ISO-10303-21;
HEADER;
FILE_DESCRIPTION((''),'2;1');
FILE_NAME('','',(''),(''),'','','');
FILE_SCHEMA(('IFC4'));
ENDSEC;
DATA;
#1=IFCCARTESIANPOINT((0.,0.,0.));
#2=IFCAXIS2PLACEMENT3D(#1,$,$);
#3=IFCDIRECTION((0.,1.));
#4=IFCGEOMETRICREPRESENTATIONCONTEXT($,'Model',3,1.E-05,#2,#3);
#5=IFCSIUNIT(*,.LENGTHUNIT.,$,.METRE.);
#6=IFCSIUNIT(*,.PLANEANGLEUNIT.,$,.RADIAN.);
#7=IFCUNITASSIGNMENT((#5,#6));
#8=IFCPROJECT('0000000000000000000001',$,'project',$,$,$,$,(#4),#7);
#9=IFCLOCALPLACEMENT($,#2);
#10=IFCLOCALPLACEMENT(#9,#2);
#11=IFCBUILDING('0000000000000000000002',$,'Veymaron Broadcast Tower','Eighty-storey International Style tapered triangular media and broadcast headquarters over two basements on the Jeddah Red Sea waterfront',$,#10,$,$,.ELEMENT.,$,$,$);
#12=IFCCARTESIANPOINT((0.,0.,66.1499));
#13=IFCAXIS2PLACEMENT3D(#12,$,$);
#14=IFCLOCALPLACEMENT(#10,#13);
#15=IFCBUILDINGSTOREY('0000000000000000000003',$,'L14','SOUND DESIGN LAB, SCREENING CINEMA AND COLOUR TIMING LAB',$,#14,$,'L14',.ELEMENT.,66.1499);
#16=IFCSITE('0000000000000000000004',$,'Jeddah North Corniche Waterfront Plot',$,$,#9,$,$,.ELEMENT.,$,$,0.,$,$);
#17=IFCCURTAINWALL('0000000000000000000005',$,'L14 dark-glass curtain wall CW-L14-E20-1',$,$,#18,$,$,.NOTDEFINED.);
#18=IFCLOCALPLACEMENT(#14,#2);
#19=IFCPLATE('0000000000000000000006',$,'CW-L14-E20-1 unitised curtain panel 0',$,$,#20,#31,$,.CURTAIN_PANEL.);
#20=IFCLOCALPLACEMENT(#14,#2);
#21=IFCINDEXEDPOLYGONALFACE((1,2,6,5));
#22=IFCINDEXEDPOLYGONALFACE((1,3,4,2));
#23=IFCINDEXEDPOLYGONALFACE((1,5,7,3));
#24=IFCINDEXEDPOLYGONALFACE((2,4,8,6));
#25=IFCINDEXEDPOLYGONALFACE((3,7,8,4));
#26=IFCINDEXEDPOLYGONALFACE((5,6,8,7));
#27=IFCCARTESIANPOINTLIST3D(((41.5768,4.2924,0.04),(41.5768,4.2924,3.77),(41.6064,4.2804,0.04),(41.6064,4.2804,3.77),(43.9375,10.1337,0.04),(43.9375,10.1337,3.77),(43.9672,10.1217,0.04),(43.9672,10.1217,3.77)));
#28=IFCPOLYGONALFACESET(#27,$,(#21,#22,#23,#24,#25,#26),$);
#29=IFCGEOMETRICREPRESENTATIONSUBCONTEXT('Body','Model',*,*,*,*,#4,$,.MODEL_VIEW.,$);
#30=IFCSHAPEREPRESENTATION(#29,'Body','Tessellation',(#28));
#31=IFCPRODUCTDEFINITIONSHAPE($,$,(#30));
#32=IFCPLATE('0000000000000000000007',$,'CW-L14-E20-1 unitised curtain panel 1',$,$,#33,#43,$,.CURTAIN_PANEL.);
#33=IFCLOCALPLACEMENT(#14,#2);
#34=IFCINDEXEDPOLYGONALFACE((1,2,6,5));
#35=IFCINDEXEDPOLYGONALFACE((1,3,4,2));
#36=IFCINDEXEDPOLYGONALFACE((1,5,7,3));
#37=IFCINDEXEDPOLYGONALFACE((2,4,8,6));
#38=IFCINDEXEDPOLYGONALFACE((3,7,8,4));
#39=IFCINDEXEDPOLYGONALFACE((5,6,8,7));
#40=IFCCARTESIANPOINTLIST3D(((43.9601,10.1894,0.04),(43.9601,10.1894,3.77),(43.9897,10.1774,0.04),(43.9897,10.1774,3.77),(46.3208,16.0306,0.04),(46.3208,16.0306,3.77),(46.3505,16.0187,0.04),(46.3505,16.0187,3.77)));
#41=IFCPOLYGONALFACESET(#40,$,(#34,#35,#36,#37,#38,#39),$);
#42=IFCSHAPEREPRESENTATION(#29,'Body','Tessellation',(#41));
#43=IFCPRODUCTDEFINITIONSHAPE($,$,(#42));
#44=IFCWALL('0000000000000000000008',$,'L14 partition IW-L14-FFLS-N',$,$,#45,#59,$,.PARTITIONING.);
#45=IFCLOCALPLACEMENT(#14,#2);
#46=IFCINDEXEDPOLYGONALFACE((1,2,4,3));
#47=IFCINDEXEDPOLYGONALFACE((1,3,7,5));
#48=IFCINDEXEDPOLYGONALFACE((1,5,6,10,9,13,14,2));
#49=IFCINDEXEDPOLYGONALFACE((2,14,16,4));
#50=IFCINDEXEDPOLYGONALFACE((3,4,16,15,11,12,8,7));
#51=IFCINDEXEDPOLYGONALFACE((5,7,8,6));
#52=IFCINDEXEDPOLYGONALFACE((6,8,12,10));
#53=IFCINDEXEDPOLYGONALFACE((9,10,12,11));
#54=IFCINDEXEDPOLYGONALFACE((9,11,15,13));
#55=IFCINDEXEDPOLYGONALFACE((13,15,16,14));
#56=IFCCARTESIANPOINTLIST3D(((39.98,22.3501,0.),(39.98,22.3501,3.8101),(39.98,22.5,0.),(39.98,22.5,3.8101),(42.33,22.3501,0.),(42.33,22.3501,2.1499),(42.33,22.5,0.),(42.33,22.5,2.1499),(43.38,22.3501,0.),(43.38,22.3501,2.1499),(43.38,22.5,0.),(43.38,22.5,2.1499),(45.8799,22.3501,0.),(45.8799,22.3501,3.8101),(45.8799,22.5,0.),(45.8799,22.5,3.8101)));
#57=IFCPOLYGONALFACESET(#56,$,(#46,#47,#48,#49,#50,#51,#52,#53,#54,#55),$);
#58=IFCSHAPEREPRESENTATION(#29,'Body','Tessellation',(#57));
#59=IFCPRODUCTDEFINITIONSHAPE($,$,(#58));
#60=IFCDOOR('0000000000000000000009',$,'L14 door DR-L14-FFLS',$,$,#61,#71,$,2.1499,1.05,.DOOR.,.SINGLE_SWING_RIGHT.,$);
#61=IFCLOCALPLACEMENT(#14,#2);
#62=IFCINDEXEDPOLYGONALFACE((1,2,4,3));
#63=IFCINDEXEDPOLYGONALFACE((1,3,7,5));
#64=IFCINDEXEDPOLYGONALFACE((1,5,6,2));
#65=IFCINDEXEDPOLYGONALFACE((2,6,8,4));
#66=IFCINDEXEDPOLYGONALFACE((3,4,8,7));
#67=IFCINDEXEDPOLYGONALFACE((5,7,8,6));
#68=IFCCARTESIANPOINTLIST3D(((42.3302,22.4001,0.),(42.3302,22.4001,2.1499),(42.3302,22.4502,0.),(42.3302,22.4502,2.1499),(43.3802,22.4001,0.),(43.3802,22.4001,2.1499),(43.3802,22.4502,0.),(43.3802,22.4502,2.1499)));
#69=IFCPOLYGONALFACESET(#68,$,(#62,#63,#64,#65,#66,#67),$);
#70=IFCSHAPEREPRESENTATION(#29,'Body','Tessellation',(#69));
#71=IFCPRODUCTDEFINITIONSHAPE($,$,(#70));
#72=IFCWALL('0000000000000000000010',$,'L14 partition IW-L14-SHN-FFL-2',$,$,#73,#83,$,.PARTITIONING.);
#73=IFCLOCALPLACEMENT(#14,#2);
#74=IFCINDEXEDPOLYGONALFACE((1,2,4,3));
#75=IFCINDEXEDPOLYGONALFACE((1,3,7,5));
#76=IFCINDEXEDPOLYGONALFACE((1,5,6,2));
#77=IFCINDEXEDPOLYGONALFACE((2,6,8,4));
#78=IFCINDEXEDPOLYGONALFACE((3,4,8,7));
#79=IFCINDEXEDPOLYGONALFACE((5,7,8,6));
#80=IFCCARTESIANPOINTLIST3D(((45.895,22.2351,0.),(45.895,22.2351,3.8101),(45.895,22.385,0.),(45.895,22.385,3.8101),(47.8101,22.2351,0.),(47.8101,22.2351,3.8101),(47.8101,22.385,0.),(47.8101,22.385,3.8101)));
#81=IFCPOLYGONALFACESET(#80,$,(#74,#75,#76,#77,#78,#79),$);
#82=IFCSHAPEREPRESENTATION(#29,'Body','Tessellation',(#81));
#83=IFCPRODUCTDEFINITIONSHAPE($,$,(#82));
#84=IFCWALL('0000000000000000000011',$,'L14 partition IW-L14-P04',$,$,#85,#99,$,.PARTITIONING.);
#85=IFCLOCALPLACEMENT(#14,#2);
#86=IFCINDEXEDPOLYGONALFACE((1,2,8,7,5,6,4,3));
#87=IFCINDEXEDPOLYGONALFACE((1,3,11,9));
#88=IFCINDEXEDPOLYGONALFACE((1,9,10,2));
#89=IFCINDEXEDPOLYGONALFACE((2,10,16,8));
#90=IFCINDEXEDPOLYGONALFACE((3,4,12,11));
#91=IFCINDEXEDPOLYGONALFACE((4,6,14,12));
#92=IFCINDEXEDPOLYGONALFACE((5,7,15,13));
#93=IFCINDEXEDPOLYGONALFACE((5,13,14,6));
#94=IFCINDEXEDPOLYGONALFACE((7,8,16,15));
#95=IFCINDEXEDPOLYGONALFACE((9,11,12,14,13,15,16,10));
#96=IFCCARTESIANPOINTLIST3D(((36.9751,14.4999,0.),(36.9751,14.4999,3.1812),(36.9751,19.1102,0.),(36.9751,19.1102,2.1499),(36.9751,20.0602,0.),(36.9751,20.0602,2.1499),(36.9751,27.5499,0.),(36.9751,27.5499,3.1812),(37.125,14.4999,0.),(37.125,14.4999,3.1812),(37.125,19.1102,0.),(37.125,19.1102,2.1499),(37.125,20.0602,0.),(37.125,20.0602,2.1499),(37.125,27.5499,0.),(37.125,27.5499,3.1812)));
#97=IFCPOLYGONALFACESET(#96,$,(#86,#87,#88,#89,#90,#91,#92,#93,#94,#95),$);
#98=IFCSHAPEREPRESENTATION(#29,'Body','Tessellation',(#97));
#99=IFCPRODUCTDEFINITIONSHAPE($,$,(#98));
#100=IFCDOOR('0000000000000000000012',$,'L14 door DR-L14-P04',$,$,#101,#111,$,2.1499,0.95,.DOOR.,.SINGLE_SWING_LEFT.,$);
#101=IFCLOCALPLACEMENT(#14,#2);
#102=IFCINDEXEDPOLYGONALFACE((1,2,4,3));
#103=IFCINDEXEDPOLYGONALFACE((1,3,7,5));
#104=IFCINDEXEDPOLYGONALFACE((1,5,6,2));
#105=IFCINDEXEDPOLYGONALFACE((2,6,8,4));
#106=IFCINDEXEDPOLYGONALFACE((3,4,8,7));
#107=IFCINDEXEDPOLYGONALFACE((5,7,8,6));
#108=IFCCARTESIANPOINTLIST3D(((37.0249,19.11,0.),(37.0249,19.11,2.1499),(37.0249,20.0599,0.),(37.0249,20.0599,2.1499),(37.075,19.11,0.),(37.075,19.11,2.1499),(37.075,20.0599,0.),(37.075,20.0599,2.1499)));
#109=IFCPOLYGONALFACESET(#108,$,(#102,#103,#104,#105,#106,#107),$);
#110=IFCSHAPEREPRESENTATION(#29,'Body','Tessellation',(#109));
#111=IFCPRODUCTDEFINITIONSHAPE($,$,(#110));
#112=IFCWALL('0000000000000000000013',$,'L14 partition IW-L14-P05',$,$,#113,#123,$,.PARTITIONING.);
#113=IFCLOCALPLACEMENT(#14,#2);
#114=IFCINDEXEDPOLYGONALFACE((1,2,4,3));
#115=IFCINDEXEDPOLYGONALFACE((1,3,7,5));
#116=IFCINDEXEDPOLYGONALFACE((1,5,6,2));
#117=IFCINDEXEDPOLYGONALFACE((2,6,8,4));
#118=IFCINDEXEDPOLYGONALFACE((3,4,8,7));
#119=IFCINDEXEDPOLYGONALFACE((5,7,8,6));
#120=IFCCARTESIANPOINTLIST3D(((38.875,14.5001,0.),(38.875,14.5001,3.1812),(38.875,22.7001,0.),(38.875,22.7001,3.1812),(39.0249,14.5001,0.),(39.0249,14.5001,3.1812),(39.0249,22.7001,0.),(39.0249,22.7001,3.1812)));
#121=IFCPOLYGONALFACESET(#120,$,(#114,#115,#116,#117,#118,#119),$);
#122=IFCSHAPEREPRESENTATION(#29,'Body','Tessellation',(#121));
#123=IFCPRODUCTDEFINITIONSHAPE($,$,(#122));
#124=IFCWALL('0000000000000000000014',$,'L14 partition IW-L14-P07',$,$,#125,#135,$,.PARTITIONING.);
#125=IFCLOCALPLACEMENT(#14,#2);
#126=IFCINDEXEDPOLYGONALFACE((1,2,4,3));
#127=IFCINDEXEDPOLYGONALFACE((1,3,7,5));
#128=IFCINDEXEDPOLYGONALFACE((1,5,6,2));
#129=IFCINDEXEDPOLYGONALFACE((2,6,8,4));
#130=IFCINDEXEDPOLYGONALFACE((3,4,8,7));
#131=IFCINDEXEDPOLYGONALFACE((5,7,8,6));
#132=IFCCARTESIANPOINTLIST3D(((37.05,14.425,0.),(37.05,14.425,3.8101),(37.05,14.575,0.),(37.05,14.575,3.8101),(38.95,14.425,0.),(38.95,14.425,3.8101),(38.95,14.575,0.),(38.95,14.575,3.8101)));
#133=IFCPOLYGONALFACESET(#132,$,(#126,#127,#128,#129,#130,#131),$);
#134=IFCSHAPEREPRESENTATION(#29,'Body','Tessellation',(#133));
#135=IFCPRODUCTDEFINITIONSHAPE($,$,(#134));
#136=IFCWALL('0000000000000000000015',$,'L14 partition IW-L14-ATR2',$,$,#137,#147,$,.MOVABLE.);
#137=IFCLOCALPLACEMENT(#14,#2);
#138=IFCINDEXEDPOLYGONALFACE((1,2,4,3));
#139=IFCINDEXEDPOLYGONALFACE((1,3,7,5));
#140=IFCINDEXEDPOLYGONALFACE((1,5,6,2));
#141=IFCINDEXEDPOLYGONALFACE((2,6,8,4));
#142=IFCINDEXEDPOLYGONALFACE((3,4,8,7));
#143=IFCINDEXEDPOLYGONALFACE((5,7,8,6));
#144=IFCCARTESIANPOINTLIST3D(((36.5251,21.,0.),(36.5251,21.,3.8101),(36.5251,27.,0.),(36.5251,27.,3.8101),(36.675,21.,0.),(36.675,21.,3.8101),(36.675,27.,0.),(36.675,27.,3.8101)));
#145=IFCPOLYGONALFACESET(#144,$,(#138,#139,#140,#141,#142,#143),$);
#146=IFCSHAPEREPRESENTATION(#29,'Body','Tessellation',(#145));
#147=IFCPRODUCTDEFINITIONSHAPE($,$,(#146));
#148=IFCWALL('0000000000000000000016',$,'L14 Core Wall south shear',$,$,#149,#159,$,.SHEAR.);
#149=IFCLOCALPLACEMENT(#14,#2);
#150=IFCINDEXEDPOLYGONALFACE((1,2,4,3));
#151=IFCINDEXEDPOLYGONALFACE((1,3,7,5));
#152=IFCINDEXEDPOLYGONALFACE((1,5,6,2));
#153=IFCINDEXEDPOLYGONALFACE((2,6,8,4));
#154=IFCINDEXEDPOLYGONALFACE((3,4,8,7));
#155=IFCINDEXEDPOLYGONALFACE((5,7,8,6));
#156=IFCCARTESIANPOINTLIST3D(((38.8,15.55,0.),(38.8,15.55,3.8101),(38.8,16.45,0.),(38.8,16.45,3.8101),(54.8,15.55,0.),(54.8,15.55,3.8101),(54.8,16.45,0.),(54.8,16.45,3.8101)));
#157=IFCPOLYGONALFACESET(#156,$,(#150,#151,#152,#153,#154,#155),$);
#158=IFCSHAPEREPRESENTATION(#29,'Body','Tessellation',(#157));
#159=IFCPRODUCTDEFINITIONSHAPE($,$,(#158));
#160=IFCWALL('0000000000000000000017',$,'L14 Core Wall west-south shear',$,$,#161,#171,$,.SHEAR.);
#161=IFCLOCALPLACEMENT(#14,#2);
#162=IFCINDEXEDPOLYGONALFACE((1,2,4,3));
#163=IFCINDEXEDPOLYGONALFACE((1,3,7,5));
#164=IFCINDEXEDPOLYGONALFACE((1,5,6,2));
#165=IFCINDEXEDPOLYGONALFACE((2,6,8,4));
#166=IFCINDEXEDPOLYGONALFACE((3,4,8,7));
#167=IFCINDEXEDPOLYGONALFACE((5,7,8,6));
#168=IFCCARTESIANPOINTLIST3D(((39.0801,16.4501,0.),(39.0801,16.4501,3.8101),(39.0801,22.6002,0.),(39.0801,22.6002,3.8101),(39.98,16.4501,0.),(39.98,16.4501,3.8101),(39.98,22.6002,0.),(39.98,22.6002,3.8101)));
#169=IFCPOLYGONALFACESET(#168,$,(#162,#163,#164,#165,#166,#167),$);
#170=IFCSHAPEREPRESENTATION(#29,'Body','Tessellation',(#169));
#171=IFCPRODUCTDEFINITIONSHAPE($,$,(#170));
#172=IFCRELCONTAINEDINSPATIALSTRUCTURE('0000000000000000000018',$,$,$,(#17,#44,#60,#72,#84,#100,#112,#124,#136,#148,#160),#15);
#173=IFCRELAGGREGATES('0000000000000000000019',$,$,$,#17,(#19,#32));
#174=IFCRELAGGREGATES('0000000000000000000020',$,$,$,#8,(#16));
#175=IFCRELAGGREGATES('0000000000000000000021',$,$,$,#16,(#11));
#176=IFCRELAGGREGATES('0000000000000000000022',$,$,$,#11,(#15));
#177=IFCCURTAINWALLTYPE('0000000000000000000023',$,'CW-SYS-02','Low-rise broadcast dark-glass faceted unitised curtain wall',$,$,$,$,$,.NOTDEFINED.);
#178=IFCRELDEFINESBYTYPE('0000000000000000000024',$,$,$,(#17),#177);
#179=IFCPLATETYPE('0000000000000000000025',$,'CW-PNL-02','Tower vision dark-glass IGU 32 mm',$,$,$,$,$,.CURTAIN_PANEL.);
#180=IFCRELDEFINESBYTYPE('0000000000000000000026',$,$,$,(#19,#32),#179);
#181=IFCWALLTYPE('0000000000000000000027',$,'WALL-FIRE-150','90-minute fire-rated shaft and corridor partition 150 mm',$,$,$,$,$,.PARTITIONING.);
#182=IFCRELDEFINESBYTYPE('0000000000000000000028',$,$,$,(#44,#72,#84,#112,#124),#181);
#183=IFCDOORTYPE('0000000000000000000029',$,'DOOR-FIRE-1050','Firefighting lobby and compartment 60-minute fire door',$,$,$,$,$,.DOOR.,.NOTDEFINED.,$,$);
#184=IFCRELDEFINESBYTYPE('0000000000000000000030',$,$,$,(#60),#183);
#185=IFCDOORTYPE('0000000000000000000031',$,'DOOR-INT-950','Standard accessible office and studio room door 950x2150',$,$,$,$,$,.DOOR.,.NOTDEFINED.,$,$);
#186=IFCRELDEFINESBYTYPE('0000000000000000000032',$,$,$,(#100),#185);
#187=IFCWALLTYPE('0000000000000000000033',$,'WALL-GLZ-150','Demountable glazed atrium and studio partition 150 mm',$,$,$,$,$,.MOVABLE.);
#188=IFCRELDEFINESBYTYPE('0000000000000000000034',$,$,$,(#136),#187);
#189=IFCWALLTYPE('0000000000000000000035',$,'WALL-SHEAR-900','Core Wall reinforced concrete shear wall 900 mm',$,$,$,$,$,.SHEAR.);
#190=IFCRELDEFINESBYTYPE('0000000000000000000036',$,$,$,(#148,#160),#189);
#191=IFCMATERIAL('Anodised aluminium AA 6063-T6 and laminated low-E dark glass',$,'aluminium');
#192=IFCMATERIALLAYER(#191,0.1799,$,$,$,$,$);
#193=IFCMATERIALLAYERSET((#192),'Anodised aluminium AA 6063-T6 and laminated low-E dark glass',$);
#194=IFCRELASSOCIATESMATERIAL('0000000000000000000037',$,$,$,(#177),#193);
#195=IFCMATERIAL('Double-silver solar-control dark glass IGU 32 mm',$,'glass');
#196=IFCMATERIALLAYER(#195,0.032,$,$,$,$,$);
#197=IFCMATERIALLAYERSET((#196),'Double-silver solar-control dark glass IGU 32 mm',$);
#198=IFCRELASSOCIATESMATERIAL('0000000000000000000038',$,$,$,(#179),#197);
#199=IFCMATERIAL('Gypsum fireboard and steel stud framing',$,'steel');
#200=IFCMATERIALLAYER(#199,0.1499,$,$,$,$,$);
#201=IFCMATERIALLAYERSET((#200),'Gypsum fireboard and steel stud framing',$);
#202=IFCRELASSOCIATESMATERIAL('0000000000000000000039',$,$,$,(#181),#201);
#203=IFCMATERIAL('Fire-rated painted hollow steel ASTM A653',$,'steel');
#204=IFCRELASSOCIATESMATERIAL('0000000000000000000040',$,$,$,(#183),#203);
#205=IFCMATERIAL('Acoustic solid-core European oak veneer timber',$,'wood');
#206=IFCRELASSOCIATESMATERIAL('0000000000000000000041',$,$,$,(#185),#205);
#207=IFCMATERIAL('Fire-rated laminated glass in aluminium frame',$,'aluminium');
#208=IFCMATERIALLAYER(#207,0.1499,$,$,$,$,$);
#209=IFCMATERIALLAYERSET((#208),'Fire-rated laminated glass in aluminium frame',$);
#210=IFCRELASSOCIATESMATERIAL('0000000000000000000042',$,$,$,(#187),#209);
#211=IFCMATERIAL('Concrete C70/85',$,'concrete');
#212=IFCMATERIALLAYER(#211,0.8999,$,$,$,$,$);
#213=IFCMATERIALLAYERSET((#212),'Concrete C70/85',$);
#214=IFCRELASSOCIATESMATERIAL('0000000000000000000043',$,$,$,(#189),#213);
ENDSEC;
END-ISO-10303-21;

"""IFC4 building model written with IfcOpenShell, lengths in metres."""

from ifc_helpers import new_model, si_unit, direction, frame, frame_2d, origin, origin_2d, place, context, subcontext, project, spatial, rectangle, extrude, material, layer, layer_set, type_object, element, fill, aggregate, save


model = new_model("IFC4")

# Units and contexts
model_context = context("Model", 3, precision=1e-05, world=origin(), true_north=direction((0.0, 1.0)))
body_context = subcontext(model_context, "Body", "Model", "MODEL_VIEW")
ifc_project = project(units=[si_unit("LENGTHUNIT", "METRE"), si_unit("PLANEANGLEUNIT", "RADIAN")], contexts=[model_context])

# Site, building, storey
site_placement = place(None, origin())
site = spatial("IfcSite", under=ifc_project, at=site_placement, Name="Jeddah North Corniche Waterfront Plot", CompositionType="ELEMENT", RefElevation=0.0)
building_placement = place(site_placement, origin())
building = spatial("IfcBuilding", under=site, at=building_placement, Name="Veymaron Broadcast Tower", Description="Eighty-storey International Style tapered triangular media and broadcast headquarters over two basements on the Jeddah Red Sea waterfront", CompositionType="ELEMENT")
storey_placement = place(building_placement, frame((0.0, 0.0, 66.1499)))
storey = spatial("IfcBuildingStorey", under=building, at=storey_placement, Name="L14", Description="SOUND DESIGN LAB, SCREENING CINEMA AND COLOUR TIMING LAB", LongName="L14", CompositionType="ELEMENT", Elevation=66.1499)

# Shared definitions
ifc_material_1 = material(Name="Concrete C70/85", Category="concrete")

# Curtain wall, plates
ifc_material_2 = material(Name="Anodised aluminium AA 6063-T6 and laminated low-E dark glass", Category="aluminium")
ifc_layer_1 = layer(ifc_material_2, 0.1799)
ifc_layer_set_1 = layer_set([ifc_layer_1], Name="Anodised aluminium AA 6063-T6 and laminated low-E dark glass")
curtain_wall_type = type_object("IfcCurtainWallType", Name="CW-SYS-02", Description="Low-rise broadcast dark-glass faceted unitised curtain wall", PredefinedType="NOTDEFINED", material=ifc_layer_set_1)
curtain_wall_placement = place(storey_placement, origin())
curtain_wall = element("IfcCurtainWall", 1, at=curtain_wall_placement, inside=storey, type_object=curtain_wall_type, Name="L14 dark-glass curtain wall CW-L14-E20-1", PredefinedType="NOTDEFINED")
ifc_material_3 = material(Name="Double-silver solar-control dark glass IGU 32 mm", Category="glass")
ifc_layer_2 = layer(ifc_material_3, 0.032)
ifc_layer_set_2 = layer_set([ifc_layer_2], Name="Double-silver solar-control dark glass IGU 32 mm")
plate_type = type_object("IfcPlateType", Name="CW-PNL-02", Description="Tower vision dark-glass IGU 32 mm", PredefinedType="CURTAIN_PANEL", material=ifc_layer_set_2)
plate_1_placement = place(storey_placement, frame((42.772, 7.207, 0.04), z_axis=(0.0, 0.0, 1.0), x_axis=(0.374704, 0.927145, 0.0)))
plate_1 = element("IfcPlate", 2, at=plate_1_placement, type_object=plate_type, Name="CW-L14-E20-1 unitised curtain panel 0", PredefinedType="CURTAIN_PANEL", context=body_context, shape_type="SweptSolid", body=[
    extrude(rectangle(XDim=6.3003, YDim=0.032, at=origin_2d()), origin(), (0.0, 0.0, 1.0), 3.73),
])
plate_2_placement = place(storey_placement, frame((45.1553, 13.104, 0.04), z_axis=(0.0, 0.0, 1.0), x_axis=(0.374704, 0.927145, 0.0)))
plate_2 = element("IfcPlate", 3, at=plate_2_placement, type_object=plate_type, Name="CW-L14-E20-1 unitised curtain panel 1", PredefinedType="CURTAIN_PANEL", context=body_context, shape_type="SweptSolid", body=[
    extrude(rectangle(XDim=6.3003, YDim=0.032, at=origin_2d()), origin(), (0.0, 0.0, 1.0), 3.73),
])
aggregate(curtain_wall, [plate_1, plate_2])

# Wall, opening, door
ifc_material_4 = material(Name="Gypsum fireboard and steel stud framing", Category="steel")
ifc_layer_3 = layer(ifc_material_4, 0.1499)
ifc_layer_set_3 = layer_set([ifc_layer_3], Name="Gypsum fireboard and steel stud framing")
wall_type_1 = type_object("IfcWallType", Name="WALL-FIRE-150", Description="90-minute fire-rated shaft and corridor partition 150 mm", PredefinedType="PARTITIONING", material=ifc_layer_set_3)
wall_1_placement = place(storey_placement, frame((39.98, 22.425, 0.0), z_axis=(0.0, 0.0, 1.0), x_axis=(1.0, 0.0, 0.0)))
wall_1 = element("IfcWall", 4, at=wall_1_placement, inside=storey, type_object=wall_type_1, Name="L14 partition IW-L14-FFLS-N", PredefinedType="PARTITIONING", context=body_context, shape_type="SweptSolid", body=[
    extrude(rectangle(XDim=5.8999, YDim=0.1499, at=frame_2d((2.95, 0.0))), origin(), (0.0, 0.0, 1.0), 3.8101),
])
opening_1_placement = place(wall_1_placement, frame((2.3501, 0.0, 0.0)))
opening_1 = element("IfcOpeningElement", 5, at=opening_1_placement, cuts=wall_1, PredefinedType="OPENING", context=body_context, shape_type="SweptSolid", body=[
    extrude(rectangle(XDim=1.05, YDim=2.1499, at=frame_2d((0.5249, 1.075))), frame((0.0, 0.085, 0.0), z_axis=(0.0, -1.0, 0.0), x_axis=(1.0, 0.0, 0.0)), (0.0, 0.0, 1.0), 0.1699),
])
ifc_material_5 = material(Name="Fire-rated painted hollow steel ASTM A653", Category="steel")
door_type_1 = type_object("IfcDoorType", Name="DOOR-FIRE-1050", Description="Firefighting lobby and compartment 60-minute fire door", OperationType="NOTDEFINED", PredefinedType="DOOR", material=ifc_material_5)
door_1_placement = place(opening_1_placement, frame((1.05, 0.0, 0.0), z_axis=(0.0, 0.0, 1.0), x_axis=(-1.0, 0.0, 0.0)))
door_1 = element("IfcDoor", 6, at=door_1_placement, inside=storey, type_object=door_type_1, Name="L14 door DR-L14-FFLS", OperationType="SINGLE_SWING_RIGHT", OverallHeight=2.1499, OverallWidth=1.05, PredefinedType="DOOR", context=body_context, shape_type="SweptSolid", body=[
    extrude(rectangle(XDim=1.05, YDim=2.1499, at=frame_2d((0.5249, 1.075))), frame((0.0, 0.0249, 0.0), z_axis=(0.0, -1.0, 0.0), x_axis=(1.0, 0.0, 0.0)), (0.0, 0.0, 1.0), 0.05),
])
fill(opening_1, door_1)

# Wall
wall_2_placement = place(storey_placement, frame((45.895, 22.3101, 0.0), z_axis=(0.0, 0.0, 1.0), x_axis=(1.0, 0.0, 0.0)))
element("IfcWall", 7, at=wall_2_placement, inside=storey, type_object=wall_type_1, Name="L14 partition IW-L14-SHN-FFL-2", PredefinedType="PARTITIONING", context=body_context, shape_type="SweptSolid", body=[
    extrude(rectangle(XDim=1.915, YDim=0.1499, at=frame_2d((0.9575, 0.0))), origin(), (0.0, 0.0, 1.0), 3.8101),
])

# Wall, opening, door
wall_3_placement = place(storey_placement, frame((37.05, 14.5, 0.0), z_axis=(0.0, 0.0, 1.0), x_axis=(0.0, 1.0, 0.0)))
wall_3 = element("IfcWall", 8, at=wall_3_placement, inside=storey, type_object=wall_type_1, Name="L14 partition IW-L14-P04", PredefinedType="PARTITIONING", context=body_context, shape_type="SweptSolid", body=[
    extrude(rectangle(XDim=13.05, YDim=0.1499, at=frame_2d((6.5249, 0.0))), origin(), (0.0, 0.0, 1.0), 3.1812),
])
opening_2_placement = place(wall_3_placement, frame((4.6101, 0.0, 0.0)))
opening_2 = element("IfcOpeningElement", 9, at=opening_2_placement, cuts=wall_3, PredefinedType="OPENING", context=body_context, shape_type="SweptSolid", body=[
    extrude(rectangle(XDim=0.95, YDim=2.1499, at=frame_2d((0.4751, 1.075))), frame((0.0, 0.085, 0.0), z_axis=(0.0, -1.0, 0.0), x_axis=(1.0, 0.0, 0.0)), (0.0, 0.0, 1.0), 0.1699),
])
ifc_material_6 = material(Name="Acoustic solid-core European oak veneer timber", Category="wood")
door_type_2 = type_object("IfcDoorType", Name="DOOR-INT-950", Description="Standard accessible office and studio room door 950x2150", OperationType="NOTDEFINED", PredefinedType="DOOR", material=ifc_material_6)
door_2_placement = place(opening_2_placement, frame((0.95, 0.0, 0.0), z_axis=(0.0, 0.0, 1.0), x_axis=(-1.0, 0.0, 0.0)))
door_2 = element("IfcDoor", 10, at=door_2_placement, inside=storey, type_object=door_type_2, Name="L14 door DR-L14-P04", OperationType="SINGLE_SWING_LEFT", OverallHeight=2.1499, OverallWidth=0.95, PredefinedType="DOOR", context=body_context, shape_type="SweptSolid", body=[
    extrude(rectangle(XDim=0.95, YDim=2.1499, at=frame_2d((0.4751, 1.075))), frame((0.0, 0.0249, 0.0), z_axis=(0.0, -1.0, 0.0), x_axis=(1.0, 0.0, 0.0)), (0.0, 0.0, 1.0), 0.05),
])
fill(opening_2, door_2)

# Walls
wall_4_placement = place(storey_placement, frame((38.95, 14.5, 0.0), z_axis=(0.0, 0.0, 1.0), x_axis=(0.0, 1.0, 0.0)))
element("IfcWall", 11, at=wall_4_placement, inside=storey, type_object=wall_type_1, Name="L14 partition IW-L14-P05", PredefinedType="PARTITIONING", context=body_context, shape_type="SweptSolid", body=[
    extrude(rectangle(XDim=8.2, YDim=0.1499, at=frame_2d((4.1001, 0.0))), origin(), (0.0, 0.0, 1.0), 3.1812),
])
wall_5_placement = place(storey_placement, frame((37.05, 14.5, 0.0), z_axis=(0.0, 0.0, 1.0), x_axis=(1.0, 0.0, 0.0)))
element("IfcWall", 12, at=wall_5_placement, inside=storey, type_object=wall_type_1, Name="L14 partition IW-L14-P07", PredefinedType="PARTITIONING", context=body_context, shape_type="SweptSolid", body=[
    extrude(rectangle(XDim=1.8999, YDim=0.1499, at=frame_2d((0.95, 0.0))), origin(), (0.0, 0.0, 1.0), 3.8101),
])
ifc_material_7 = material(Name="Fire-rated laminated glass in aluminium frame", Category="aluminium")
ifc_layer_4 = layer(ifc_material_7, 0.1499)
ifc_layer_set_4 = layer_set([ifc_layer_4], Name="Fire-rated laminated glass in aluminium frame")
wall_type_2 = type_object("IfcWallType", Name="WALL-GLZ-150", Description="Demountable glazed atrium and studio partition 150 mm", PredefinedType="MOVABLE", material=ifc_layer_set_4)
wall_6_placement = place(storey_placement, frame((36.6001, 21.0, 0.0), z_axis=(0.0, 0.0, 1.0), x_axis=(0.0, 1.0, 0.0)))
element("IfcWall", 13, at=wall_6_placement, inside=storey, type_object=wall_type_2, Name="L14 partition IW-L14-ATR2", PredefinedType="MOVABLE", context=body_context, shape_type="SweptSolid", body=[
    extrude(rectangle(XDim=6.0, YDim=0.1499, at=frame_2d((3.0, 0.0))), origin(), (0.0, 0.0, 1.0), 3.8101),
])

# Walls
ifc_layer_5 = layer(ifc_material_1, 0.8999)
ifc_layer_set_5 = layer_set([ifc_layer_5], Name="Concrete C70/85")
wall_type_3 = type_object("IfcWallType", Name="WALL-SHEAR-900", Description="Core Wall reinforced concrete shear wall 900 mm", PredefinedType="SHEAR", material=ifc_layer_set_5)
wall_7_placement = place(storey_placement, frame((38.8, 16.0, 0.0), z_axis=(0.0, 0.0, 1.0), x_axis=(1.0, 0.0, 0.0)))
element("IfcWall", 14, at=wall_7_placement, inside=storey, type_object=wall_type_3, Name="L14 Core Wall south shear", PredefinedType="SHEAR", context=body_context, shape_type="SweptSolid", body=[
    extrude(rectangle(XDim=16.0, YDim=0.8999, at=frame_2d((8.0, 0.0))), origin(), (0.0, 0.0, 1.0), 3.8101),
])
wall_8_placement = place(storey_placement, frame((39.53, 16.45, 0.0), z_axis=(0.0, 0.0, 1.0), x_axis=(0.0, 1.0, 0.0)))
element("IfcWall", 15, at=wall_8_placement, inside=storey, type_object=wall_type_3, Name="L14 Core Wall west-south shear", PredefinedType="SHEAR", context=body_context, shape_type="SweptSolid", body=[
    extrude(rectangle(XDim=6.1501, YDim=0.8999, at=frame_2d((3.0752, 0.0))), origin(), (0.0, 0.0, 1.0), 3.8101),
])

save(model, "model.ifc")
